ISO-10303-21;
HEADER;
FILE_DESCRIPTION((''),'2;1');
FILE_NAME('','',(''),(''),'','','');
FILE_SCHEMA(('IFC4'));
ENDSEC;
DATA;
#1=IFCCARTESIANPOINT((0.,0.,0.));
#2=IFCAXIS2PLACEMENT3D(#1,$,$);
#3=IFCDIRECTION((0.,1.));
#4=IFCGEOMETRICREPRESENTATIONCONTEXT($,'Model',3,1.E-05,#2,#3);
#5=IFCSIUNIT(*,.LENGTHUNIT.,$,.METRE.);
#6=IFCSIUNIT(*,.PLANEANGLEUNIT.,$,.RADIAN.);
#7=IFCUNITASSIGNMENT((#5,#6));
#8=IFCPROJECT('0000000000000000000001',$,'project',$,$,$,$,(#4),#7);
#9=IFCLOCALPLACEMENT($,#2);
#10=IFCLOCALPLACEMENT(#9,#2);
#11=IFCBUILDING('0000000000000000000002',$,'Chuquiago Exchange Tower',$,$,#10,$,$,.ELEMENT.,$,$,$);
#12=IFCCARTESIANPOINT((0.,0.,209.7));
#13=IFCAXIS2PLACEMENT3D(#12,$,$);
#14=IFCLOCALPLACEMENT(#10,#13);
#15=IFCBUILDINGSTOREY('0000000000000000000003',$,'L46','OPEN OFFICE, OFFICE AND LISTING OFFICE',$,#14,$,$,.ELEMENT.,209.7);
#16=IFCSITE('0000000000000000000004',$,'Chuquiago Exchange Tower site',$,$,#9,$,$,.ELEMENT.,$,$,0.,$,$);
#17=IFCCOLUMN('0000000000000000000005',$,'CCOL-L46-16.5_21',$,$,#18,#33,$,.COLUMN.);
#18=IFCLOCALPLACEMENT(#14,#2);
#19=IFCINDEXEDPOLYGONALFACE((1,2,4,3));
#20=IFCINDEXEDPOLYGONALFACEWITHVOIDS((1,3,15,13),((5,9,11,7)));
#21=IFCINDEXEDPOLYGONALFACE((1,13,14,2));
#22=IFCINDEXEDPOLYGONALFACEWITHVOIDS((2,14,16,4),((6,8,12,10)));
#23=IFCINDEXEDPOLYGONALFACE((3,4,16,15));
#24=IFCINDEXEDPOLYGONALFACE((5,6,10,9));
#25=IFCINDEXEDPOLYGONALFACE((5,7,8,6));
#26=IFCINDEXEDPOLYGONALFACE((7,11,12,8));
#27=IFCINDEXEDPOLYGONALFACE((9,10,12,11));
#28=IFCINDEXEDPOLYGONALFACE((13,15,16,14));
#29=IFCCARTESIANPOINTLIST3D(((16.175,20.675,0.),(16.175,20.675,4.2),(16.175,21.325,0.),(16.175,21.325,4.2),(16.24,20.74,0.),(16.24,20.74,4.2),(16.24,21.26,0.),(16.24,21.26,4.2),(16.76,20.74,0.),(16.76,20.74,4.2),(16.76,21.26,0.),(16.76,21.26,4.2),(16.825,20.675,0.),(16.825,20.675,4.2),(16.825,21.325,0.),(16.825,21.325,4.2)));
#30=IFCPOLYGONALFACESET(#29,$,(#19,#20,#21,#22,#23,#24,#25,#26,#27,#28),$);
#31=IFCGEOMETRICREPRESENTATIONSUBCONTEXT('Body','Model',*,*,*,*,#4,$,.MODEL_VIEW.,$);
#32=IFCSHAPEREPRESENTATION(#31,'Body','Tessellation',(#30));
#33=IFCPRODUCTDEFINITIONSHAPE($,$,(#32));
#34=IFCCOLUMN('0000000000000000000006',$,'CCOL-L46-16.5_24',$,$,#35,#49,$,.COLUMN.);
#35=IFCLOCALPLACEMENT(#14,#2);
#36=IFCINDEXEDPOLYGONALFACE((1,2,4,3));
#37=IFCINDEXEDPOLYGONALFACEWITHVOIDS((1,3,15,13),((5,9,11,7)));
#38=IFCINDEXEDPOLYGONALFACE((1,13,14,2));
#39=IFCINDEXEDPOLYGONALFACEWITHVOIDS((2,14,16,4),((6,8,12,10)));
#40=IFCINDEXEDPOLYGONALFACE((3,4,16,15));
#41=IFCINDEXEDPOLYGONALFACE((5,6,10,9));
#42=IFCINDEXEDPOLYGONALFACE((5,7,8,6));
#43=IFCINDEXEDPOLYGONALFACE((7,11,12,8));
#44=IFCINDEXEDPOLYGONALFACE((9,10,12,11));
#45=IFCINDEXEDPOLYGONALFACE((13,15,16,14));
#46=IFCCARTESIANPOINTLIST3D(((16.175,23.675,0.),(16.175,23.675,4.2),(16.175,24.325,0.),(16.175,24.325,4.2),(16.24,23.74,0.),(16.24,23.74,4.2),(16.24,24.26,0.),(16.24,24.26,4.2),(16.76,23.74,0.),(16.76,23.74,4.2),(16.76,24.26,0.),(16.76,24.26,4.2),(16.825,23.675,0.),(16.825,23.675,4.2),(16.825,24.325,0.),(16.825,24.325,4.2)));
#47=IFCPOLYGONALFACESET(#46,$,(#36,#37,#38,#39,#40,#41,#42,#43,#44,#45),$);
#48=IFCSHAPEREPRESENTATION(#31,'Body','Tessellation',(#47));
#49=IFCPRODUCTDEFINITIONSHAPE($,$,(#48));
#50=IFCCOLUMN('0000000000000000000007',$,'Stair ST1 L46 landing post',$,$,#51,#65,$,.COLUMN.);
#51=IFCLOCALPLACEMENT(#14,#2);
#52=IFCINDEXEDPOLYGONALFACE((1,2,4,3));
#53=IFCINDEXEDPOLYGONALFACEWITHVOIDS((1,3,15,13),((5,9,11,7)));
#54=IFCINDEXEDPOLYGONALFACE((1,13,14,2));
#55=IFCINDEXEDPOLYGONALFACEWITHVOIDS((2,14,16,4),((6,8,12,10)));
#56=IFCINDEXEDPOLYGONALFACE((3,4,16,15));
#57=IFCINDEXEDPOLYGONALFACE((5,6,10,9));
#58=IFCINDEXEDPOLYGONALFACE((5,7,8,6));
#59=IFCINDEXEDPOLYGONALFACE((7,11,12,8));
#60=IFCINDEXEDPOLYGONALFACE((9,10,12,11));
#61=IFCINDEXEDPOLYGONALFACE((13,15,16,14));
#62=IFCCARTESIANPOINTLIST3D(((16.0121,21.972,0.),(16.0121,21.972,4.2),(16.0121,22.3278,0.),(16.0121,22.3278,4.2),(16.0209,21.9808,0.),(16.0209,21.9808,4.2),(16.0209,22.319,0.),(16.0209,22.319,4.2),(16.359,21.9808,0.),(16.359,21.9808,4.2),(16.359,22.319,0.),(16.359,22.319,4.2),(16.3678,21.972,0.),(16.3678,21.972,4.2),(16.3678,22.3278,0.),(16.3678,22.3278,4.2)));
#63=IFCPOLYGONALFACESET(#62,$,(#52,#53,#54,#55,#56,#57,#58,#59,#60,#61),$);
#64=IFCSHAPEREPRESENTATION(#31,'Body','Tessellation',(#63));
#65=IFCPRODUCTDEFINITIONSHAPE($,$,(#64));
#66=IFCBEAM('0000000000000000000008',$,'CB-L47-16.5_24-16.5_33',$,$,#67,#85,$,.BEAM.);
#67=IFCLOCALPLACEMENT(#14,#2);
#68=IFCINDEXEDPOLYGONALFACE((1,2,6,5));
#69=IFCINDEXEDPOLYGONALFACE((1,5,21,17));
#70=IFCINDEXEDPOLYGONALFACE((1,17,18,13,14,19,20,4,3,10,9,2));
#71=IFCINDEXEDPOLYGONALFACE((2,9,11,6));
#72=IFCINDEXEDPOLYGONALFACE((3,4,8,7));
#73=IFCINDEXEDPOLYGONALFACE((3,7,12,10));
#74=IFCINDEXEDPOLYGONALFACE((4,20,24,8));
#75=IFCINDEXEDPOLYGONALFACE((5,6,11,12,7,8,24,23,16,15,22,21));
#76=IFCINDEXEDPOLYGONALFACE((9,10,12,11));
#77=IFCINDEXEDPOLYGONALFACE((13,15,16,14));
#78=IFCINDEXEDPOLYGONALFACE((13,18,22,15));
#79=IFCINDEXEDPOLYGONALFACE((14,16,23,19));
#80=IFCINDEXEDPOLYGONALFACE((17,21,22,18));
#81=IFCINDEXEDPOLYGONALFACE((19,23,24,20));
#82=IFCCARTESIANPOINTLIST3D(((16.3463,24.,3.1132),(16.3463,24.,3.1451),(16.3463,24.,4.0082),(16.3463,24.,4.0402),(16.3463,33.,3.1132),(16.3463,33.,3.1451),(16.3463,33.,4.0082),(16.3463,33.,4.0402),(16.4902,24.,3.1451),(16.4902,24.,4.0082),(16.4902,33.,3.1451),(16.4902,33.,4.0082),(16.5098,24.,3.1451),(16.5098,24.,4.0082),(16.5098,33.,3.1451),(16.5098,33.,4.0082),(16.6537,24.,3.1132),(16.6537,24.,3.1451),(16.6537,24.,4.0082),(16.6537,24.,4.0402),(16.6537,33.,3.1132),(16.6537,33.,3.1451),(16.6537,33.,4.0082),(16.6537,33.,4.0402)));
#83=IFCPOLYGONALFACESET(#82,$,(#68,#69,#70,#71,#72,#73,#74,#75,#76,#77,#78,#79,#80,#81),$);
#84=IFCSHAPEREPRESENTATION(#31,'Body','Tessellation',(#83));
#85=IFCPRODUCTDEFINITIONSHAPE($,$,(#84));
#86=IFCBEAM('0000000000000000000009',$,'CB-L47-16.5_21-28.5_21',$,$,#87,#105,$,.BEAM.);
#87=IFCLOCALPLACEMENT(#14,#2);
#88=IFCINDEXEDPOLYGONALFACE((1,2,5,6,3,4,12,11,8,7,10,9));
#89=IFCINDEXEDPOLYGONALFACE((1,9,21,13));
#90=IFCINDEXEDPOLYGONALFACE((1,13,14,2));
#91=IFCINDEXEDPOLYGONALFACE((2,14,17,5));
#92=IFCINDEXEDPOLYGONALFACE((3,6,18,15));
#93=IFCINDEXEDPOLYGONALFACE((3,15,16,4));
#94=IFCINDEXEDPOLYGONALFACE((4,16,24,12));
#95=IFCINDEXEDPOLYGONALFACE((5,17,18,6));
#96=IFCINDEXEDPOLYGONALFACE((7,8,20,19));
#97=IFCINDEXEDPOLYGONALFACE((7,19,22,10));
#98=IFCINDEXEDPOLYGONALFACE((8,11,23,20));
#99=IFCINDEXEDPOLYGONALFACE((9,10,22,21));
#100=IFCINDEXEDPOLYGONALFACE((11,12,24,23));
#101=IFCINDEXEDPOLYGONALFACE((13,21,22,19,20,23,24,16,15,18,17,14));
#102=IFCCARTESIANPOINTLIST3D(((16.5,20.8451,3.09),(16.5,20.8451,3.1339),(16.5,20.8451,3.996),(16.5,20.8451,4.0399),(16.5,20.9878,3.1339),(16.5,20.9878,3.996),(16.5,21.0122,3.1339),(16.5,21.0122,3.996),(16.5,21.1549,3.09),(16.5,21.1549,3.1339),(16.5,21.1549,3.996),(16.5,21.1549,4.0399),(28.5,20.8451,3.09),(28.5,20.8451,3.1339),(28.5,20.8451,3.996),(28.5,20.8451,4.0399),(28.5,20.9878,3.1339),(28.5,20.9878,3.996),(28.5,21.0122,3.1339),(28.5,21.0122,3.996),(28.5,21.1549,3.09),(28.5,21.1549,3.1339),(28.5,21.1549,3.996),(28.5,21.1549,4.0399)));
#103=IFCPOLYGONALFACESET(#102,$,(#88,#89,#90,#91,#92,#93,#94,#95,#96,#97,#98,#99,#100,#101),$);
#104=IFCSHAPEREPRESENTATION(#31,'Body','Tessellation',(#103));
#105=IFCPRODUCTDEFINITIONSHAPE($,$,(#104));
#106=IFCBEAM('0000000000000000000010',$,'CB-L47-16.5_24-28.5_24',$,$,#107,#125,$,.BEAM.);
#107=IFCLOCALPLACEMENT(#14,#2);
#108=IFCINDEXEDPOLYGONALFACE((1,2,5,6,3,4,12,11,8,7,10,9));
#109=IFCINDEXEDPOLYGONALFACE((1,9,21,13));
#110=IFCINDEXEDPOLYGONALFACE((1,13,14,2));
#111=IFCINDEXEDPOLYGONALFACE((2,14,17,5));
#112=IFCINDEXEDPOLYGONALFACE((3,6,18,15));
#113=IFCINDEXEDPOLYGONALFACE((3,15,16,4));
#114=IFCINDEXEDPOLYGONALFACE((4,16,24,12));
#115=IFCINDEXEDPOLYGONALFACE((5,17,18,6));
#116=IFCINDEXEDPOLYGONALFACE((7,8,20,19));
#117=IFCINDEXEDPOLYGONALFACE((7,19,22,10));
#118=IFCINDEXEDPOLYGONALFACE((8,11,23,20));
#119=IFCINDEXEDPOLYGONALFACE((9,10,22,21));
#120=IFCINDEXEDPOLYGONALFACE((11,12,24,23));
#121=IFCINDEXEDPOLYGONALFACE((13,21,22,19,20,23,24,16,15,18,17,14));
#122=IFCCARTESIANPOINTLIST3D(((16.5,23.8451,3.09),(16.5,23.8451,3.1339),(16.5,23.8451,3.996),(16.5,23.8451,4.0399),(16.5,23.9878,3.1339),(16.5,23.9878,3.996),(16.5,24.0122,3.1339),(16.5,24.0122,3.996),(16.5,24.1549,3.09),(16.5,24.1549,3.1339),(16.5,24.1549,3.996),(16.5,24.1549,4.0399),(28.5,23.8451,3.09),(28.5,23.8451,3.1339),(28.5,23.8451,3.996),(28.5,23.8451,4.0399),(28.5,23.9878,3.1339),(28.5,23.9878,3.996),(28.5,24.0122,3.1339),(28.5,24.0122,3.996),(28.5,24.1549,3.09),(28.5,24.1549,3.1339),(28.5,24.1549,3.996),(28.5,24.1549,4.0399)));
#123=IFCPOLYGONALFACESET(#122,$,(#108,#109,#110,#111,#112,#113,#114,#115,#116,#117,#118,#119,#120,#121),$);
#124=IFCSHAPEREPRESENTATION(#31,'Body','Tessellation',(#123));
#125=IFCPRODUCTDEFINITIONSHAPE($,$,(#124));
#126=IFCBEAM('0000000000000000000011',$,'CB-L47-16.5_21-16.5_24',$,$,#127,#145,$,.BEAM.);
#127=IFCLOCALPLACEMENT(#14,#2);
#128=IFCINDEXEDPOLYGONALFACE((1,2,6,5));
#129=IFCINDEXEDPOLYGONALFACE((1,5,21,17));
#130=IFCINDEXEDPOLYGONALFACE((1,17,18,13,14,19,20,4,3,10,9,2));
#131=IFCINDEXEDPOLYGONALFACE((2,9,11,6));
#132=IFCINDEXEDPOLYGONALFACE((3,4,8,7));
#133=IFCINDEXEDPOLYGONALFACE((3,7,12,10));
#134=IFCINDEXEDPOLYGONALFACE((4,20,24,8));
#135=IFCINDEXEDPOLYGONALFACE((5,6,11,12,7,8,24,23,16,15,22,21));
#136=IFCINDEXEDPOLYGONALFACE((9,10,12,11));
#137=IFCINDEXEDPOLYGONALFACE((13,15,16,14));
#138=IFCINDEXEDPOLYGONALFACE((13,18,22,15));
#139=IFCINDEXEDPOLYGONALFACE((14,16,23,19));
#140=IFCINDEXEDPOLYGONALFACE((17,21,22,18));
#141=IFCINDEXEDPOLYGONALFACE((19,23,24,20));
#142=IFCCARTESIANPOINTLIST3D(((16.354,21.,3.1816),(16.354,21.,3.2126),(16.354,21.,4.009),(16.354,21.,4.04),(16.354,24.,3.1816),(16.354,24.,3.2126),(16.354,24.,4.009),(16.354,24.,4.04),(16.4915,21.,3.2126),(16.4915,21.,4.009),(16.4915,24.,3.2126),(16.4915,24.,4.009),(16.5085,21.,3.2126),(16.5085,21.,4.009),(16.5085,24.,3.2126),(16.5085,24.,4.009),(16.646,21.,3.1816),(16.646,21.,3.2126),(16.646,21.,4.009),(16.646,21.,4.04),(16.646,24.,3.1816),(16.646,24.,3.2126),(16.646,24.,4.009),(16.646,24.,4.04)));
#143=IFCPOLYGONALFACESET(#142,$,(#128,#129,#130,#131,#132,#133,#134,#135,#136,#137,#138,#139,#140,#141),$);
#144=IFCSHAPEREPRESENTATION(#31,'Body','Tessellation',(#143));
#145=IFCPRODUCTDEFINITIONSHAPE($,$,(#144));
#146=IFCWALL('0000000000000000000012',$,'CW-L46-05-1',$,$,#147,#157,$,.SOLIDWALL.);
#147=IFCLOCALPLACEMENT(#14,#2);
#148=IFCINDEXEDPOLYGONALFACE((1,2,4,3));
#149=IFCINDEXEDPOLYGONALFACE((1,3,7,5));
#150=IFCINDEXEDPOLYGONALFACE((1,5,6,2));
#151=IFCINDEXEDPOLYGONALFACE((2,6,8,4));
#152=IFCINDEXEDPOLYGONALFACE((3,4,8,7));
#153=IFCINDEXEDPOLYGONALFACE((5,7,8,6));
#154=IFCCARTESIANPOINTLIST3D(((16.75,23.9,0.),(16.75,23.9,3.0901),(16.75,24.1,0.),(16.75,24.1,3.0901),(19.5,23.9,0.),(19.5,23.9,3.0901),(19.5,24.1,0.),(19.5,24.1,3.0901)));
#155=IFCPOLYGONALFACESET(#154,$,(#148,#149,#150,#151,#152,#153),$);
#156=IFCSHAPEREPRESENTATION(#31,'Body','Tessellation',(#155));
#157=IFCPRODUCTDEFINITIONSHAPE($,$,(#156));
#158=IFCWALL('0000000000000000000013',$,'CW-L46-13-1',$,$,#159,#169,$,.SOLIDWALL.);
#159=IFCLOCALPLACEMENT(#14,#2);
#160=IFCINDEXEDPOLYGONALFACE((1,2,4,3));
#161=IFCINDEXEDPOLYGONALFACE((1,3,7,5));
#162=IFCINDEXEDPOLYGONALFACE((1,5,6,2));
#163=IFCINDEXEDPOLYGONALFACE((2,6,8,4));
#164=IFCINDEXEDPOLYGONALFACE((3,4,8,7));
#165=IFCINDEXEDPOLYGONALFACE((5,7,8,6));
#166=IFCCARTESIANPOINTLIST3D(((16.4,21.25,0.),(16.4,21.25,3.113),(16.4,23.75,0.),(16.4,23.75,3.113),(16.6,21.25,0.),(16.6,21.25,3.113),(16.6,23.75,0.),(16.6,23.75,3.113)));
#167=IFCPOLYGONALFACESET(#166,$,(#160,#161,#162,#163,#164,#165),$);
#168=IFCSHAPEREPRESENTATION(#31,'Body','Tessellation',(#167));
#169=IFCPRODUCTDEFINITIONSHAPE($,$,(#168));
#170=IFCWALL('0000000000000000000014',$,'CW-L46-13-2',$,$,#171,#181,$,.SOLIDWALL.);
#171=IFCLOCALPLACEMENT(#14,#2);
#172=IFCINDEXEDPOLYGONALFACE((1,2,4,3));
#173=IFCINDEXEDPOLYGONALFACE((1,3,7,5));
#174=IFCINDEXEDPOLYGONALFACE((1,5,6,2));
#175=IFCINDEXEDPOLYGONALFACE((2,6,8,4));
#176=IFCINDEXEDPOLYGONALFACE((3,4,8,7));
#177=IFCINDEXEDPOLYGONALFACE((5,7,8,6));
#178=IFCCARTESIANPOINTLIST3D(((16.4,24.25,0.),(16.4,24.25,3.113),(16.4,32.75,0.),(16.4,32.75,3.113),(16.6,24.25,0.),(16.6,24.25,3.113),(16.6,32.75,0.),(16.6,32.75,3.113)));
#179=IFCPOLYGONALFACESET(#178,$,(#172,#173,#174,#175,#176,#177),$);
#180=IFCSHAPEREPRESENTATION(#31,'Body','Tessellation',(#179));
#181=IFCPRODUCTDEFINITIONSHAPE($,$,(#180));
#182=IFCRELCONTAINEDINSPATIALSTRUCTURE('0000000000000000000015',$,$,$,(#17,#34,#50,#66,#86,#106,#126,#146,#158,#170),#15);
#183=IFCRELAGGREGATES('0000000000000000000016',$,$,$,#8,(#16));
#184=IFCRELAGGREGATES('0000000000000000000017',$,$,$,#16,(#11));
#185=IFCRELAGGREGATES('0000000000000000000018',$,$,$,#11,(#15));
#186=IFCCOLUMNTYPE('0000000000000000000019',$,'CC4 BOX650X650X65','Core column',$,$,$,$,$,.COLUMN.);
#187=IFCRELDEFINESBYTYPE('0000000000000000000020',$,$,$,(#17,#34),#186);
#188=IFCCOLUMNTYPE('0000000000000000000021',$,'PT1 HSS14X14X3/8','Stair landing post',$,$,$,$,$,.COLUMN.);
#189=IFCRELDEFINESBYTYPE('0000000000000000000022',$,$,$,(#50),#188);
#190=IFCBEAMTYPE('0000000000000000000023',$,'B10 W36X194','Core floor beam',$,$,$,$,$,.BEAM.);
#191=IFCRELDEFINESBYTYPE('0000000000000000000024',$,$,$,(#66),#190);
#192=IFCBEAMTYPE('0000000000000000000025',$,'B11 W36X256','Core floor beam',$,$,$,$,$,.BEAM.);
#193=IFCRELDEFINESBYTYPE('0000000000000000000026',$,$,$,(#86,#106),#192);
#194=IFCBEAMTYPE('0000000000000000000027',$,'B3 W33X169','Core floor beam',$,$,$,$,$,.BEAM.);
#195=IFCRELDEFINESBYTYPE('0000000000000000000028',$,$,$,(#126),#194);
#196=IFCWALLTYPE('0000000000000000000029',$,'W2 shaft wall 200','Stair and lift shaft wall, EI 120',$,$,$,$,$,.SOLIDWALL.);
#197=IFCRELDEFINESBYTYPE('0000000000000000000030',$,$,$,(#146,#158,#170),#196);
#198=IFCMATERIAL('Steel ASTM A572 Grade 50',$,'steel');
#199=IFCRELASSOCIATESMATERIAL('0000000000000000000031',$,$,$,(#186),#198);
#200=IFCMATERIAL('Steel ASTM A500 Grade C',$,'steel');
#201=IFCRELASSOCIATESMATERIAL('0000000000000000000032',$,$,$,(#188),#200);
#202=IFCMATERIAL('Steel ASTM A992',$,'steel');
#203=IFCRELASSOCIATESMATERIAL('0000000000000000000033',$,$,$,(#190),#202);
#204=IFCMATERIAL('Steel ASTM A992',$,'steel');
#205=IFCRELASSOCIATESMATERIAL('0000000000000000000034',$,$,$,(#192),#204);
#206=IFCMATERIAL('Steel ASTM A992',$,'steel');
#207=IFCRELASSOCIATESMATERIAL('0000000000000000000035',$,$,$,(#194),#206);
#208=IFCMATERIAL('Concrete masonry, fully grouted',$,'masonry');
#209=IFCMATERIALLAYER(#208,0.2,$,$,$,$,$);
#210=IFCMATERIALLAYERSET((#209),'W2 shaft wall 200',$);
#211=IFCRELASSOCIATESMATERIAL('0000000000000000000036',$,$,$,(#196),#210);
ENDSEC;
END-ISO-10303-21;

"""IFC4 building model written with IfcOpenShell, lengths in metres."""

from ifc_helpers import new_model, si_unit, direction, frame, frame_2d, origin, origin_2d, place, context, subcontext, project, spatial, rectangle, hollow_rectangle, i_section, extrude, material, layer, layer_set, material_profile, profile_set, type_object, element, save


model = new_model("IFC4")

# Units and contexts
model_context = context("Model", 3, precision=1e-05, world=origin(), true_north=direction((0.0, 1.0)))
body_context = subcontext(model_context, "Body", "Model", "MODEL_VIEW")
ifc_project = project(units=[si_unit("LENGTHUNIT", "METRE"), si_unit("PLANEANGLEUNIT", "RADIAN")], contexts=[model_context])

# Site, building, storey
site_placement = place(None, origin())
site = spatial("IfcSite", under=ifc_project, at=site_placement, Name="Chuquiago Exchange Tower site", CompositionType="ELEMENT", RefElevation=0.0)
building_placement = place(site_placement, origin())
building = spatial("IfcBuilding", under=site, at=building_placement, Name="Chuquiago Exchange Tower", CompositionType="ELEMENT")
storey_placement = place(building_placement, frame((0.0, 0.0, 209.7)))
storey = spatial("IfcBuildingStorey", under=building, at=storey_placement, Name="L46", Description="OPEN OFFICE, OFFICE AND LISTING OFFICE", CompositionType="ELEMENT", Elevation=209.7)

# Columns
ifc_material_1 = material(Name="Steel ASTM A572 Grade 50", Category="steel")
ifc_material_profile_1 = material_profile(ifc_material_1, hollow_rectangle(XDim=0.6499, YDim=0.6499, WallThickness=0.0649, at=origin_2d()), Name="BOX650X650X65")
ifc_profile_set_1 = profile_set([ifc_material_profile_1], Name="Steel ASTM A572 Grade 50")
column_type_1 = type_object("IfcColumnType", Name="CC4 BOX650X650X65", Description="Core column", PredefinedType="COLUMN", material=ifc_profile_set_1)
for number, where, z_axis, x_axis, name in (
    (1, (16.5, 21.0, 0.0), (0.0, 0.0, 1.0), (1.0, 0.0, 0.0), "CCOL-L46-16.5_21"),
    (2, (16.5, 24.0, 0.0), (0.0, 0.0, 1.0), (1.0, 0.0, 0.0), "CCOL-L46-16.5_24"),
):
    element("IfcColumn", number, at=place(storey_placement, frame(where, z_axis=z_axis, x_axis=x_axis)), inside=storey, type_object=column_type_1, Name=name, PredefinedType="COLUMN", context=body_context, shape_type="SweptSolid", body=[
        extrude(hollow_rectangle(XDim=0.6499, YDim=0.6499, WallThickness=0.0649, at=origin_2d()), origin(), (0.0, 0.0, 1.0), 4.2),
    ])
ifc_material_2 = material(Name="Steel ASTM A500 Grade C", Category="steel")
ifc_material_profile_2 = material_profile(ifc_material_2, hollow_rectangle(XDim=0.3557, YDim=0.3557, WallThickness=0.0088, at=origin_2d()), Name="HSS14X14X3/8")
ifc_profile_set_2 = profile_set([ifc_material_profile_2], Name="Steel ASTM A500 Grade C")
column_type_2 = type_object("IfcColumnType", Name="PT1 HSS14X14X3/8", Description="Stair landing post", PredefinedType="COLUMN", material=ifc_profile_set_2)
column_placement = place(storey_placement, frame((16.1899, 22.1499, 0.0), z_axis=(0.0, 0.0, 1.0), x_axis=(1.0, 0.0, 0.0)))
element("IfcColumn", 3, at=column_placement, inside=storey, type_object=column_type_2, Name="Stair ST1 L46 landing post", PredefinedType="COLUMN", context=body_context, shape_type="SweptSolid", body=[
    extrude(hollow_rectangle(XDim=0.3557, YDim=0.3557, WallThickness=0.0088, at=origin_2d()), origin(), (0.0, 0.0, 1.0), 4.2),
])

# Beams
ifc_material_3 = material(Name="Steel ASTM A992", Category="steel")
ifc_material_profile_3 = material_profile(ifc_material_3, i_section(OverallWidth=0.3074, OverallDepth=0.927, WebThickness=0.0195, FlangeThickness=0.032, at=origin_2d()), Name="W36X194")
ifc_profile_set_3 = profile_set([ifc_material_profile_3], Name="Steel ASTM A992")
beam_type_1 = type_object("IfcBeamType", Name="B10 W36X194", Description="Core floor beam", PredefinedType="BEAM", material=ifc_profile_set_3)
beam_1_placement = place(storey_placement, frame((16.5, 24.0, 3.5767), z_axis=(0.0, 1.0, 0.0), x_axis=(-1.0, 0.0, 0.0)))
element("IfcBeam", 4, at=beam_1_placement, inside=storey, type_object=beam_type_1, Name="CB-L47-16.5_24-16.5_33", PredefinedType="BEAM", context=body_context, shape_type="SweptSolid", body=[
    extrude(i_section(OverallWidth=0.3074, OverallDepth=0.927, WebThickness=0.0195, FlangeThickness=0.032, at=origin_2d()), origin(), (0.0, 0.0, 1.0), 9.0),
])
ifc_material_4 = material(Name="Steel ASTM A992", Category="steel")
ifc_material_profile_4 = material_profile(ifc_material_4, i_section(OverallWidth=0.3098, OverallDepth=0.95, WebThickness=0.0244, FlangeThickness=0.0439, at=origin_2d()), Name="W36X256")
ifc_profile_set_4 = profile_set([ifc_material_profile_4], Name="Steel ASTM A992")
beam_type_2 = type_object("IfcBeamType", Name="B11 W36X256", Description="Core floor beam", PredefinedType="BEAM", material=ifc_profile_set_4)
for number, where, z_axis, x_axis, name in (
    (5, (16.5, 21.0, 3.5649), (1.0, 0.0, 0.0), (0.0, 1.0, 0.0), "CB-L47-16.5_21-28.5_21"),
    (6, (16.5, 24.0, 3.5649), (1.0, 0.0, 0.0), (0.0, 1.0, 0.0), "CB-L47-16.5_24-28.5_24"),
):
    element("IfcBeam", number, at=place(storey_placement, frame(where, z_axis=z_axis, x_axis=x_axis)), inside=storey, type_object=beam_type_2, Name=name, PredefinedType="BEAM", context=body_context, shape_type="SweptSolid", body=[
        extrude(i_section(OverallWidth=0.3098, OverallDepth=0.95, WebThickness=0.0244, FlangeThickness=0.0439, at=origin_2d()), origin(), (0.0, 0.0, 1.0), 12.0),
    ])
ifc_material_5 = material(Name="Steel ASTM A992", Category="steel")
ifc_material_profile_5 = material_profile(ifc_material_5, i_section(OverallWidth=0.292, OverallDepth=0.8584, WebThickness=0.0171, FlangeThickness=0.031, at=origin_2d()), Name="W33X169")
ifc_profile_set_5 = profile_set([ifc_material_profile_5], Name="Steel ASTM A992")
beam_type_3 = type_object("IfcBeamType", Name="B3 W33X169", Description="Core floor beam", PredefinedType="BEAM", material=ifc_profile_set_5)
beam_2_placement = place(storey_placement, frame((16.5, 21.0, 3.6108), z_axis=(0.0, 1.0, 0.0), x_axis=(-1.0, 0.0, 0.0)))
element("IfcBeam", 7, at=beam_2_placement, inside=storey, type_object=beam_type_3, Name="CB-L47-16.5_21-16.5_24", PredefinedType="BEAM", context=body_context, shape_type="SweptSolid", body=[
    extrude(i_section(OverallWidth=0.292, OverallDepth=0.8584, WebThickness=0.0171, FlangeThickness=0.031, at=origin_2d()), origin(), (0.0, 0.0, 1.0), 3.0),
])

# Walls
ifc_material_6 = material(Name="Concrete masonry, fully grouted", Category="masonry")
ifc_layer = layer(ifc_material_6, 0.2)
ifc_layer_set = layer_set([ifc_layer], Name="W2 shaft wall 200")
wall_type = type_object("IfcWallType", Name="W2 shaft wall 200", Description="Stair and lift shaft wall, EI 120", PredefinedType="SOLIDWALL", material=ifc_layer_set)
wall_1_placement = place(storey_placement, frame((16.75, 24.0, 0.0), z_axis=(0.0, 0.0, 1.0), x_axis=(1.0, 0.0, 0.0)))
element("IfcWall", 8, at=wall_1_placement, inside=storey, type_object=wall_type, Name="CW-L46-05-1", PredefinedType="SOLIDWALL", context=body_context, shape_type="SweptSolid", body=[
    extrude(rectangle(XDim=2.75, YDim=0.2, at=frame_2d((1.375, 0.0))), origin(), (0.0, 0.0, 1.0), 3.0901),
])
wall_2_placement = place(storey_placement, frame((16.5, 21.25, 0.0), z_axis=(0.0, 0.0, 1.0), x_axis=(0.0, 1.0, 0.0)))
element("IfcWall", 9, at=wall_2_placement, inside=storey, type_object=wall_type, Name="CW-L46-13-1", PredefinedType="SOLIDWALL", context=body_context, shape_type="SweptSolid", body=[
    extrude(rectangle(XDim=2.5, YDim=0.2, at=frame_2d((1.25, 0.0))), origin(), (0.0, 0.0, 1.0), 3.113),
])
wall_3_placement = place(storey_placement, frame((16.5, 24.25, 0.0), z_axis=(0.0, 0.0, 1.0), x_axis=(0.0, 1.0, 0.0)))
element("IfcWall", 10, at=wall_3_placement, inside=storey, type_object=wall_type, Name="CW-L46-13-2", PredefinedType="SOLIDWALL", context=body_context, shape_type="SweptSolid", body=[
    extrude(rectangle(XDim=8.5, YDim=0.2, at=frame_2d((4.25, 0.0))), origin(), (0.0, 0.0, 1.0), 3.113),
])

save(model, "model.ifc")
